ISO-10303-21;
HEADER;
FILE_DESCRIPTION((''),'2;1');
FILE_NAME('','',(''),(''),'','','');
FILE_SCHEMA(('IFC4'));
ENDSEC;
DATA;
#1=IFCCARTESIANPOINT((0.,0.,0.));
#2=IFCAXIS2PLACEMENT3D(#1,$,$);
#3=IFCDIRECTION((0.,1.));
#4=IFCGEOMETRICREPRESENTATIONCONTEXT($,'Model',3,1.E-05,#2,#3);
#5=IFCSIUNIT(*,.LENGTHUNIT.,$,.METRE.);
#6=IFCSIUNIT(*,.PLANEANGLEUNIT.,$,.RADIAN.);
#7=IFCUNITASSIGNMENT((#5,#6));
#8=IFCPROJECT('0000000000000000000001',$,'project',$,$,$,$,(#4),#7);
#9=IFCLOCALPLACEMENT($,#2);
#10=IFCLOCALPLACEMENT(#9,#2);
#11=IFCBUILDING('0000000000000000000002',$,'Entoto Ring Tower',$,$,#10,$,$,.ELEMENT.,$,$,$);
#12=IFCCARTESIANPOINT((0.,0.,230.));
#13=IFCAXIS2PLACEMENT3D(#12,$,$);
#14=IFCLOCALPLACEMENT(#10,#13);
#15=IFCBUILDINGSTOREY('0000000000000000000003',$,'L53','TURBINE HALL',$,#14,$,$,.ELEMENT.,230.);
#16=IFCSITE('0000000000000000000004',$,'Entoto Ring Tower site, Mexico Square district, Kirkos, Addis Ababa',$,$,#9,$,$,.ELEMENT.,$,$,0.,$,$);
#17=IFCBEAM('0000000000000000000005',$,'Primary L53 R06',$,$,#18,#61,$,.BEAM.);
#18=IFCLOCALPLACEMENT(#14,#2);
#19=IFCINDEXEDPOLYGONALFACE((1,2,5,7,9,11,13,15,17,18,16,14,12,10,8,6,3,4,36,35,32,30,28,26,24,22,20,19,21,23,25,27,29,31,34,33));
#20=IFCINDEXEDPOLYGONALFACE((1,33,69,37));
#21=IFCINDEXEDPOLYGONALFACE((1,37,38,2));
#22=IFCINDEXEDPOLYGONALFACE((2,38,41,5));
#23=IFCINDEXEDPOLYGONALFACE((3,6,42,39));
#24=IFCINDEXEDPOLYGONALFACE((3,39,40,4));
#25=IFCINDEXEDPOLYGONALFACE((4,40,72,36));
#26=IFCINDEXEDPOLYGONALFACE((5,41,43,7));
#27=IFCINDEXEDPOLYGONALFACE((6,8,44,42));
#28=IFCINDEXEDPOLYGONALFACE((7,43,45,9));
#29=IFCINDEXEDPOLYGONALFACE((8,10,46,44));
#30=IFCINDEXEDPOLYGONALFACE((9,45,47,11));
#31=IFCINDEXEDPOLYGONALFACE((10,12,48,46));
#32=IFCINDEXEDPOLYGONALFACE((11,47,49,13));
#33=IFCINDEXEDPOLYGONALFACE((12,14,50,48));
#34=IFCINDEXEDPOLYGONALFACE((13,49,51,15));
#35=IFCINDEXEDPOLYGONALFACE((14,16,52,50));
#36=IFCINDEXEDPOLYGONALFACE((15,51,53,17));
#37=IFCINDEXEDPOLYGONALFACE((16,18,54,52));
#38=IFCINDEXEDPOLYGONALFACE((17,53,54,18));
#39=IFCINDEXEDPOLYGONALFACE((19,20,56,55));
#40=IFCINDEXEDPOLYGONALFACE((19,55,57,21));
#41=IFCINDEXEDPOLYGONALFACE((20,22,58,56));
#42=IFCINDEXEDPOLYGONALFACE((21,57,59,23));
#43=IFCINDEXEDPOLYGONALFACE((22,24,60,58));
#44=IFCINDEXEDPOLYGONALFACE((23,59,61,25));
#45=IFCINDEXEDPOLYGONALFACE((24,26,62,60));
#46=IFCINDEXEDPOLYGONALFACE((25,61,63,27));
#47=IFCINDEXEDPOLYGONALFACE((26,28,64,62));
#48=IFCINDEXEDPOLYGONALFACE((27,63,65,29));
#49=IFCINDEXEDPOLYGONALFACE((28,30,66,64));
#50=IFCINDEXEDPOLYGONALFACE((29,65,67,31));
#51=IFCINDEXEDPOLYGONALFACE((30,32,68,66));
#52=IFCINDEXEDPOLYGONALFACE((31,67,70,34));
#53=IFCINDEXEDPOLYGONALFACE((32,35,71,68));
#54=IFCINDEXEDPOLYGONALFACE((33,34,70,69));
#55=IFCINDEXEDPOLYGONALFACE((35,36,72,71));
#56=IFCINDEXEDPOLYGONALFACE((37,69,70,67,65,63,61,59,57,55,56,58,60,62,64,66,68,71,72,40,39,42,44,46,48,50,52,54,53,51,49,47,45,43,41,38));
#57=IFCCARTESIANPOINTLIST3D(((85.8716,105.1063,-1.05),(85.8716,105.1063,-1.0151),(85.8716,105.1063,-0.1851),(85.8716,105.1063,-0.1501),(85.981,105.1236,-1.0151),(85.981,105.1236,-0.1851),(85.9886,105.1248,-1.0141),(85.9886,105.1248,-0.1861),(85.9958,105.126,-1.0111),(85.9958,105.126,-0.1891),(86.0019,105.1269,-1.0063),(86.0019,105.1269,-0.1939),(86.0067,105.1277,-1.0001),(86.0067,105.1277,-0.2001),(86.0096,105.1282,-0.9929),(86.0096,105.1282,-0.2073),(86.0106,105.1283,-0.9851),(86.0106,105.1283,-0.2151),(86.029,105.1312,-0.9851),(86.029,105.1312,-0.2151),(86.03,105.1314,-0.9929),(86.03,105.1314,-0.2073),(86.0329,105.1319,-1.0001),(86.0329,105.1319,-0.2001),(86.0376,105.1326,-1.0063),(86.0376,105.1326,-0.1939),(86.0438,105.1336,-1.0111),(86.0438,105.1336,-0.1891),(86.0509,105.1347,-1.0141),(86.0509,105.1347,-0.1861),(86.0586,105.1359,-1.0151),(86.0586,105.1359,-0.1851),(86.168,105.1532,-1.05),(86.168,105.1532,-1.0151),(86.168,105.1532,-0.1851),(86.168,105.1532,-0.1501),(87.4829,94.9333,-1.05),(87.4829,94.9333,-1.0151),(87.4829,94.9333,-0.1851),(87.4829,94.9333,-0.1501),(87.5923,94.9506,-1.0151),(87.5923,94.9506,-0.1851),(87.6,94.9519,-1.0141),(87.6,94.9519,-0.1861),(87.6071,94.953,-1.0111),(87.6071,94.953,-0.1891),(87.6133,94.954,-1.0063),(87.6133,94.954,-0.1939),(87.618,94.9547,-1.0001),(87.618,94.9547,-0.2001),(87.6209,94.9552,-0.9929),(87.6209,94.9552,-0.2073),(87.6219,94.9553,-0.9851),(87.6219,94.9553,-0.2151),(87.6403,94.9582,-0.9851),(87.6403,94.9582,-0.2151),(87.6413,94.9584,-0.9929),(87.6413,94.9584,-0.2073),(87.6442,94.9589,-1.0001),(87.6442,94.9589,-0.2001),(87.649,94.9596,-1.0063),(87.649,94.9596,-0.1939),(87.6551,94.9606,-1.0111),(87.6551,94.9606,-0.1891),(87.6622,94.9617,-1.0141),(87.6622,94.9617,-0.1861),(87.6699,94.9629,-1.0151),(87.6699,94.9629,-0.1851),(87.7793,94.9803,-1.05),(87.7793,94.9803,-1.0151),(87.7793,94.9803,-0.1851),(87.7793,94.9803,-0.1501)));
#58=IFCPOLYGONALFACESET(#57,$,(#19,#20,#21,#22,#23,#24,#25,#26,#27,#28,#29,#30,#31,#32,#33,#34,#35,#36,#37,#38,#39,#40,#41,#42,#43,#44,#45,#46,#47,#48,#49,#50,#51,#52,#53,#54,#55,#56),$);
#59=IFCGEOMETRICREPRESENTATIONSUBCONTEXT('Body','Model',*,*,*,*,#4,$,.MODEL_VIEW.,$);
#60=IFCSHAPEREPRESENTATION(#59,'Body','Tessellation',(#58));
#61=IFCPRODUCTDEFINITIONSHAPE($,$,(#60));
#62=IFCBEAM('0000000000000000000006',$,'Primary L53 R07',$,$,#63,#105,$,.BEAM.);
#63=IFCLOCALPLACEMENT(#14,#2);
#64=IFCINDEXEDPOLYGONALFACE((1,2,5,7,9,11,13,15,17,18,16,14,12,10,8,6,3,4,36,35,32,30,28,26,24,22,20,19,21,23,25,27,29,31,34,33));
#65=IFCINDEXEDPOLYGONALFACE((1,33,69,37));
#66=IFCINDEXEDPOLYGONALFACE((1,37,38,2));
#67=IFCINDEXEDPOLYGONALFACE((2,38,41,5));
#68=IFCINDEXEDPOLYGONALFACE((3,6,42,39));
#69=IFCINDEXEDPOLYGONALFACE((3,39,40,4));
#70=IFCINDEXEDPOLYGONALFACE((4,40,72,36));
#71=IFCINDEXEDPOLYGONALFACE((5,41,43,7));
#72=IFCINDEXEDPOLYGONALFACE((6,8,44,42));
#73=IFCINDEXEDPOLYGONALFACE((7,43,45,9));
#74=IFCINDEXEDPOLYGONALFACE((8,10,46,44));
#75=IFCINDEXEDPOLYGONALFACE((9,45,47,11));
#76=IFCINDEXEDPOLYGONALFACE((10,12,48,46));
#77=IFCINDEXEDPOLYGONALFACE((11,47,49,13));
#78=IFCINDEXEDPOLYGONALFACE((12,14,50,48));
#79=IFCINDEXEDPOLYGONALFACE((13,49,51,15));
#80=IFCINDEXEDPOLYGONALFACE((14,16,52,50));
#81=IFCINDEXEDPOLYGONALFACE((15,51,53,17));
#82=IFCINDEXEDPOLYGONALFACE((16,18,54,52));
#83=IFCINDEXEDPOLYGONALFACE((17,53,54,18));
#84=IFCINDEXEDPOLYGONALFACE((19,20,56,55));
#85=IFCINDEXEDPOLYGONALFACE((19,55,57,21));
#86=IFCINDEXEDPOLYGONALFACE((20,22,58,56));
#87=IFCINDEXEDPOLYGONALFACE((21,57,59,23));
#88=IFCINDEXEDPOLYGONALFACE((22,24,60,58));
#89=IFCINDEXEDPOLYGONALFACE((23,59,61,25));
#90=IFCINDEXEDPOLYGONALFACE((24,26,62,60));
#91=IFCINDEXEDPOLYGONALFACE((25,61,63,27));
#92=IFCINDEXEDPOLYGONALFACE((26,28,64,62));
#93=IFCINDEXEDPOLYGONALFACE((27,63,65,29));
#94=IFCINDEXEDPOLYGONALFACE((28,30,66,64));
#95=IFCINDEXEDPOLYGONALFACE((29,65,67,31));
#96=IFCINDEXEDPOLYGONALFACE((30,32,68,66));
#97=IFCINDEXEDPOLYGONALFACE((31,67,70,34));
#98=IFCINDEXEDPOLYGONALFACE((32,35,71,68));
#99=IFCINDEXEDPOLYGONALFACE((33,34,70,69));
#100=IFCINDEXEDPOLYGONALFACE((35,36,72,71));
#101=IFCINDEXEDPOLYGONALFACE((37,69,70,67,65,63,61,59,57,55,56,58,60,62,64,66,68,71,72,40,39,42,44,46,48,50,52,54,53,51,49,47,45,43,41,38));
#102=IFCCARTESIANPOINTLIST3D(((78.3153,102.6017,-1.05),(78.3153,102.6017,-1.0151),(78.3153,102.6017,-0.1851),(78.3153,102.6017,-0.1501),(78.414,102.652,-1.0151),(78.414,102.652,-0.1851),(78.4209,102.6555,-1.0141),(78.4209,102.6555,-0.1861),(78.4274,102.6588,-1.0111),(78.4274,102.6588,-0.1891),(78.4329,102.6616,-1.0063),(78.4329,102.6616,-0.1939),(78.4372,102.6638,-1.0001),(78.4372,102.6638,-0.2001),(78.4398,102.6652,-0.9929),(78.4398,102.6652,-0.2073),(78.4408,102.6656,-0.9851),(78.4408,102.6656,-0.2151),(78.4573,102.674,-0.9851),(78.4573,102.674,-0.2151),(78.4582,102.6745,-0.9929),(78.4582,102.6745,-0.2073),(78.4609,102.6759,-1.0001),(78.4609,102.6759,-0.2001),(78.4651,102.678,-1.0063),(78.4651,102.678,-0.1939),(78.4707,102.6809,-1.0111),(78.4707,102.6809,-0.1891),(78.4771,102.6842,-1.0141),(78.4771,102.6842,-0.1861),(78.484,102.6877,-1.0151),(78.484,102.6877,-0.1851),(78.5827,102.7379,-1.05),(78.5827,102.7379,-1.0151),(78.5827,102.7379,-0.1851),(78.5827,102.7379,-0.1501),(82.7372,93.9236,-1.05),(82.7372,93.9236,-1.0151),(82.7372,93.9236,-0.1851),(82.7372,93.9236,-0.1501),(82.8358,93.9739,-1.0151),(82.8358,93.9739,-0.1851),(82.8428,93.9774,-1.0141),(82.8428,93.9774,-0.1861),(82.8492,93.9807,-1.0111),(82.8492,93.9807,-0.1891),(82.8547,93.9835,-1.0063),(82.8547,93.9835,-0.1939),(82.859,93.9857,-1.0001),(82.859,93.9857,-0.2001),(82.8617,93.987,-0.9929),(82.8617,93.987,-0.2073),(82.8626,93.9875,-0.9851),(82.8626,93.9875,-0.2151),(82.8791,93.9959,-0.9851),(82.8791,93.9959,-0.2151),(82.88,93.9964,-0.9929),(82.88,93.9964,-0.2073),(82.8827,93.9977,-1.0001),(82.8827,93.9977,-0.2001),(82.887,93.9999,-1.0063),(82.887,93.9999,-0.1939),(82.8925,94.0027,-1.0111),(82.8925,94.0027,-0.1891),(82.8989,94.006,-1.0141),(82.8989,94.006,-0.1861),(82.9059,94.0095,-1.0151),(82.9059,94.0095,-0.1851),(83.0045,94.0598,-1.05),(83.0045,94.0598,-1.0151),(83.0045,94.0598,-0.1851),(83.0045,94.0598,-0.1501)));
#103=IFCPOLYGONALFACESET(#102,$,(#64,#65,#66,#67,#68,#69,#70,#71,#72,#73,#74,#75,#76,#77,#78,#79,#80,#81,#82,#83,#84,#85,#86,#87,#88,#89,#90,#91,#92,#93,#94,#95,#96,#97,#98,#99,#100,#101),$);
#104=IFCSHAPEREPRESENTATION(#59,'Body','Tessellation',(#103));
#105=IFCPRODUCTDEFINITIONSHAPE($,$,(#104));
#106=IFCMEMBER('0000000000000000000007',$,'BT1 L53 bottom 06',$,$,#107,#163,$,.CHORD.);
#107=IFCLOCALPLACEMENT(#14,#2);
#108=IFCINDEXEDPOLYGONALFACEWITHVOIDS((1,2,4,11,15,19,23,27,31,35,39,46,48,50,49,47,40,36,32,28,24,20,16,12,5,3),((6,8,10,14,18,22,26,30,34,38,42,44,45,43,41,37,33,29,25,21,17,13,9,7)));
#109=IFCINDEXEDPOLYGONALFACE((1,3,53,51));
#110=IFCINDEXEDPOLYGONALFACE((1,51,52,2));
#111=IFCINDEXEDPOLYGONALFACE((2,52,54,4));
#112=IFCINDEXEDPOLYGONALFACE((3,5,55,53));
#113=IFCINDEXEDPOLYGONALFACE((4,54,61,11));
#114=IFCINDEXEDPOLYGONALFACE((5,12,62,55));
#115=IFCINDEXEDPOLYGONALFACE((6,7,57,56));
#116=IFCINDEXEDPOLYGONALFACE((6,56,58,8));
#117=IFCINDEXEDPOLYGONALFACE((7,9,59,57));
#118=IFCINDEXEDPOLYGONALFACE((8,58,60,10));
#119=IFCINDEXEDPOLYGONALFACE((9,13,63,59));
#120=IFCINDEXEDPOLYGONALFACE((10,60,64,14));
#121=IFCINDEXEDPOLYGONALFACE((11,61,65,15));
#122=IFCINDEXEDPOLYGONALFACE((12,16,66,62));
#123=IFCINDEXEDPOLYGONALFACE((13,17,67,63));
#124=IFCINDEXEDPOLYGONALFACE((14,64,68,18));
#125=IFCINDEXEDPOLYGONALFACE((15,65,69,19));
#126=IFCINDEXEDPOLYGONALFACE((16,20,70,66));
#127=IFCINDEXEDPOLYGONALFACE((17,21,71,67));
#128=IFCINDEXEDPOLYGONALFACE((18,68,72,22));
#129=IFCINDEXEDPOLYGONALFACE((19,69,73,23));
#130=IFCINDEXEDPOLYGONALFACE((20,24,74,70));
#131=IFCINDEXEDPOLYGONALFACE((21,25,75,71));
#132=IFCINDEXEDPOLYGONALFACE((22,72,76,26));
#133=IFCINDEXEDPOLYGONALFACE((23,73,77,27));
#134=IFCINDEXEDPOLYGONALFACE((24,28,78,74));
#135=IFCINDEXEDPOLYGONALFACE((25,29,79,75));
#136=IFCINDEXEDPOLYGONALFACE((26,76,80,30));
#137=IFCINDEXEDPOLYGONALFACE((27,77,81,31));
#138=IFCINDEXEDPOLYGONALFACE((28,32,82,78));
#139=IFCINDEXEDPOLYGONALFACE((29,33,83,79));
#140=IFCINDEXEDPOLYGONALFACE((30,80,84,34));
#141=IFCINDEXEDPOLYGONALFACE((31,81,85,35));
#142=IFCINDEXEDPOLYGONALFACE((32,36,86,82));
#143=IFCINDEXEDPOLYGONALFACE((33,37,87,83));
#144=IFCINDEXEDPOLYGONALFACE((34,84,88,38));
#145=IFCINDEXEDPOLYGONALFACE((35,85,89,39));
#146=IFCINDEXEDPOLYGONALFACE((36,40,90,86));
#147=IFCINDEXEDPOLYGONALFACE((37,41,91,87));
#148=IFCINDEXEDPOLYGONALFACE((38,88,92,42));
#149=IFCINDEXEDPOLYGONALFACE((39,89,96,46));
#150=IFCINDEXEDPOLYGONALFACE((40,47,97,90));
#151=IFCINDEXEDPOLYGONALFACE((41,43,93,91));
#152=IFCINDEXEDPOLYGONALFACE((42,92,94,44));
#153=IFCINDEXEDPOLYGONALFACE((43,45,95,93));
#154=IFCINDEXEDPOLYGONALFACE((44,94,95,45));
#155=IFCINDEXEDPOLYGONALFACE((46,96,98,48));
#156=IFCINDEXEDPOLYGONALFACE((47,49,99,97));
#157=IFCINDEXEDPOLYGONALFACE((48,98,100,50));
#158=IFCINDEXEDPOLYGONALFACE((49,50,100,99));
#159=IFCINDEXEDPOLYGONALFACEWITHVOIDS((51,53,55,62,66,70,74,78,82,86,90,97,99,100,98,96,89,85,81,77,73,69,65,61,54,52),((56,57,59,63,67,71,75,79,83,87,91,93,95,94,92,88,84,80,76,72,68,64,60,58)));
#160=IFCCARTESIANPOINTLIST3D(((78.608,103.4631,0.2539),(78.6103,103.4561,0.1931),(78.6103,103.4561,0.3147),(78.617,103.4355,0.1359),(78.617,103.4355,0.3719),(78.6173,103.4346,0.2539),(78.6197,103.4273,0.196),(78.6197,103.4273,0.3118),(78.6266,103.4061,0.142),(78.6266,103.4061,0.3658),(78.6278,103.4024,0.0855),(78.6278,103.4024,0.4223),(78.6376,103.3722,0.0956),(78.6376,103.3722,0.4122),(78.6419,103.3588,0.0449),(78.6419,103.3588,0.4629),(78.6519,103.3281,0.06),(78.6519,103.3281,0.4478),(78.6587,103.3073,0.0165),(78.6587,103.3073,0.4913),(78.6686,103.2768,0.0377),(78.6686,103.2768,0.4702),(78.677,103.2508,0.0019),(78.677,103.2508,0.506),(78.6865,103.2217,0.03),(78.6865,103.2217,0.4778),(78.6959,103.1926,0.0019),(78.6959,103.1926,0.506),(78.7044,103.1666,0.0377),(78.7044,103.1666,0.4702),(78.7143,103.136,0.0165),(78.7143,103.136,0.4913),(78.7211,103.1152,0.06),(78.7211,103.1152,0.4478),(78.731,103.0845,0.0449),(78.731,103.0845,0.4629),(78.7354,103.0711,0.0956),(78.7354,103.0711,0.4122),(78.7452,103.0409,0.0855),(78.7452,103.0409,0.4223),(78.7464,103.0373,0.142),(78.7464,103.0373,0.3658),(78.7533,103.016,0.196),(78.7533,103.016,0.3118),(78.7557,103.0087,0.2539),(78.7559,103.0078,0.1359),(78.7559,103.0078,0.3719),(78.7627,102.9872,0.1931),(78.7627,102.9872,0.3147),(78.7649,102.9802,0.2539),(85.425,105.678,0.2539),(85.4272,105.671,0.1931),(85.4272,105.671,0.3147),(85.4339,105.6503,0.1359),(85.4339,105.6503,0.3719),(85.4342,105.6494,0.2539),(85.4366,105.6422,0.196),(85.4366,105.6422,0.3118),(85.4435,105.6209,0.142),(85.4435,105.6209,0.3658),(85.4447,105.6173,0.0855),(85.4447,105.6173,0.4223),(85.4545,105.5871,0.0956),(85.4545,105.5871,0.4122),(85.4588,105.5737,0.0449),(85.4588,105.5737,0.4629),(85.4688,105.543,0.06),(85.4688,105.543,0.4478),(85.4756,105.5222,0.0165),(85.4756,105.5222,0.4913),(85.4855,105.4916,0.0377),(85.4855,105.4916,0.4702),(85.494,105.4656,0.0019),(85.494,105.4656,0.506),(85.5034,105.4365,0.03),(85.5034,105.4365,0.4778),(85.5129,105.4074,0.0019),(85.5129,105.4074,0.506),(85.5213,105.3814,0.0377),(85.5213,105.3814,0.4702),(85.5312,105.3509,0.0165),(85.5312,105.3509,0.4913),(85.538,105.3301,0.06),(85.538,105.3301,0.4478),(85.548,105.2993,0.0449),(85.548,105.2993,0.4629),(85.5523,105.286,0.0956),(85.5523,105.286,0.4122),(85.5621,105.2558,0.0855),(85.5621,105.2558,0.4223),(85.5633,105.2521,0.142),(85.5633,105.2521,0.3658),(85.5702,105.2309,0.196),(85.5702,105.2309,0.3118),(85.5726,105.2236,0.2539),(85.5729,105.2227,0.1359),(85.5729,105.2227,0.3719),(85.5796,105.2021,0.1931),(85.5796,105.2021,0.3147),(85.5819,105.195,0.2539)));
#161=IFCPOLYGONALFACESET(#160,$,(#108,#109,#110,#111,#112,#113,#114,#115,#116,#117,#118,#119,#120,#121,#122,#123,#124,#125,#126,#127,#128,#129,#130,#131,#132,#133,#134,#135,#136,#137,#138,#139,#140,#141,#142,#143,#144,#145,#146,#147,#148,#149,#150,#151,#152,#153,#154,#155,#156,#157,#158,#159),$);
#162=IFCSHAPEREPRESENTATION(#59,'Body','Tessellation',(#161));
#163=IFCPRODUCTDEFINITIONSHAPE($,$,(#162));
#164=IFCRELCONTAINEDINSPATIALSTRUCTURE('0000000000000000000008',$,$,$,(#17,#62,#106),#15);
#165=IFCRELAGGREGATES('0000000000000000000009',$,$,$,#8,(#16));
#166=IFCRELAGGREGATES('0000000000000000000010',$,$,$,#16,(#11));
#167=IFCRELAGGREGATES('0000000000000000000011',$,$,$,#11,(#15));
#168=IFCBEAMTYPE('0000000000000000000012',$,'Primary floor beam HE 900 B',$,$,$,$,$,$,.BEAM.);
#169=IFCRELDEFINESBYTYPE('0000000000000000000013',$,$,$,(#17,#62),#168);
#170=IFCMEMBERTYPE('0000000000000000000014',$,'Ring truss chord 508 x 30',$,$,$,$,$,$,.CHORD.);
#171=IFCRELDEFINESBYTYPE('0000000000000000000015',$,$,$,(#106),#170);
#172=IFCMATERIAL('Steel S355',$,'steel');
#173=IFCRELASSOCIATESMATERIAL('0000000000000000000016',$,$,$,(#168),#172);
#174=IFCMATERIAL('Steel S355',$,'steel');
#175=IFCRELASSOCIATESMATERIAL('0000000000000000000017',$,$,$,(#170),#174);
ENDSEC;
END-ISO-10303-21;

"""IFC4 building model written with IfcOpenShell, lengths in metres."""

from ifc_helpers import new_model, si_unit, direction, frame, origin, origin_2d, place, context, subcontext, project, spatial, circle, hollow_circle, i_section, extrude, material, material_profile, profile_set, type_object, element, save


model = new_model("IFC4")

# Units and contexts
model_context = context("Model", 3, precision=1e-05, world=origin(), true_north=direction((0.0, 1.0)))
body_context = subcontext(model_context, "Body", "Model", "MODEL_VIEW")
ifc_project = project(units=[si_unit("LENGTHUNIT", "METRE"), si_unit("PLANEANGLEUNIT", "RADIAN")], contexts=[model_context])

# Site, building, storey
site_placement = place(None, origin())
site = spatial("IfcSite", under=ifc_project, at=site_placement, Name="Entoto Ring Tower site, Mexico Square district, Kirkos, Addis Ababa", CompositionType="ELEMENT", RefElevation=0.0)
building_placement = place(site_placement, origin())
building = spatial("IfcBuilding", under=site, at=building_placement, Name="Entoto Ring Tower", CompositionType="ELEMENT")
storey_placement = place(building_placement, frame((0.0, 0.0, 230.0)))
storey = spatial("IfcBuildingStorey", under=building, at=storey_placement, Name="L53", Description="TURBINE HALL", CompositionType="ELEMENT", Elevation=230.0)

# Beams
ifc_material_1 = material(Name="Steel S355", Category="steel")
ifc_material_profile_1 = material_profile(ifc_material_1, i_section(OverallWidth=0.3, OverallDepth=0.8999, WebThickness=0.0186, FlangeThickness=0.0349, FilletRadius=0.03, at=origin_2d()), Name="HE 900 B")
ifc_profile_set_1 = profile_set([ifc_material_profile_1], Name="Steel S355")
beam_type_1 = type_object("IfcBeamType", Name="Primary floor beam HE 900 B", PredefinedType="BEAM", material=ifc_profile_set_1)
beam_1_placement = place(storey_placement, frame((87.6311, 94.9568, -0.6001), z_axis=(-0.156441, 0.987687, 0.0), x_axis=(-0.987687, -0.156441, 0.0)))
element("IfcBeam", 1, at=beam_1_placement, inside=storey, type_object=beam_type_1, Name="Primary L53 R06", PredefinedType="BEAM", context=body_context, shape_type="SweptSolid", body=[
    extrude(i_section(OverallWidth=0.3, OverallDepth=0.8999, WebThickness=0.0186, FlangeThickness=0.0349, FilletRadius=0.03, at=origin_2d()), origin(), (0.0, 0.0, 1.0), 10.2998),
])
beam_2_placement = place(storey_placement, frame((82.8708, 93.9917, -0.6001), z_axis=(-0.453999, 0.891002, 0.0), x_axis=(-0.891002, -0.453999, 0.0)))
element("IfcBeam", 2, at=beam_2_placement, inside=storey, type_object=beam_type_1, Name="Primary L53 R07", PredefinedType="BEAM", context=body_context, shape_type="SweptSolid", body=[
    extrude(i_section(OverallWidth=0.3, OverallDepth=0.8999, WebThickness=0.0186, FlangeThickness=0.0349, FilletRadius=0.03, at=origin_2d()), origin(), (0.0, 0.0, 1.0), 9.7397),
])

# Member
ifc_material_2 = material(Name="Steel S355", Category="steel")
ifc_material_profile_2 = material_profile(ifc_material_2, hollow_circle(Radius=0.2539, WallThickness=0.03, at=origin_2d()), Name="CHS 508 x 30")
ifc_material_3 = material(Name="Concrete C60/75", Category="concrete")
ifc_material_profile_3 = material_profile(ifc_material_3, circle(Radius=0.2241, at=origin_2d()), Name="Concrete C60/75 infill")
ifc_profile_set_2 = profile_set([ifc_material_profile_2, ifc_material_profile_3], Name="Steel S355")
member_type_1 = type_object("IfcMemberType", Name="Ring truss chord 508 x 30", PredefinedType="CHORD", material=ifc_profile_set_2)
for number, where, z_axis, x_axis, name in (
    (3, (85.5034, 105.4365, 0.2539), (-0.951061, -0.309004, 0.0), (0.309004, -0.951061, 0.0), "BT1 L53 bottom 06"),
):
    element("IfcMember", number, at=place(storey_placement, frame(where, z_axis=z_axis, x_axis=x_axis)), inside=storey, type_object=member_type_1, Name=name, PredefinedType="CHORD", context=body_context, shape_type="SweptSolid", body=[
        extrude(hollow_circle(Radius=0.2539, WallThickness=0.03, at=origin_2d()), origin(), (0.0, 0.0, 1.0), 7.1677),
    ])

save(model, "model.ifc")
